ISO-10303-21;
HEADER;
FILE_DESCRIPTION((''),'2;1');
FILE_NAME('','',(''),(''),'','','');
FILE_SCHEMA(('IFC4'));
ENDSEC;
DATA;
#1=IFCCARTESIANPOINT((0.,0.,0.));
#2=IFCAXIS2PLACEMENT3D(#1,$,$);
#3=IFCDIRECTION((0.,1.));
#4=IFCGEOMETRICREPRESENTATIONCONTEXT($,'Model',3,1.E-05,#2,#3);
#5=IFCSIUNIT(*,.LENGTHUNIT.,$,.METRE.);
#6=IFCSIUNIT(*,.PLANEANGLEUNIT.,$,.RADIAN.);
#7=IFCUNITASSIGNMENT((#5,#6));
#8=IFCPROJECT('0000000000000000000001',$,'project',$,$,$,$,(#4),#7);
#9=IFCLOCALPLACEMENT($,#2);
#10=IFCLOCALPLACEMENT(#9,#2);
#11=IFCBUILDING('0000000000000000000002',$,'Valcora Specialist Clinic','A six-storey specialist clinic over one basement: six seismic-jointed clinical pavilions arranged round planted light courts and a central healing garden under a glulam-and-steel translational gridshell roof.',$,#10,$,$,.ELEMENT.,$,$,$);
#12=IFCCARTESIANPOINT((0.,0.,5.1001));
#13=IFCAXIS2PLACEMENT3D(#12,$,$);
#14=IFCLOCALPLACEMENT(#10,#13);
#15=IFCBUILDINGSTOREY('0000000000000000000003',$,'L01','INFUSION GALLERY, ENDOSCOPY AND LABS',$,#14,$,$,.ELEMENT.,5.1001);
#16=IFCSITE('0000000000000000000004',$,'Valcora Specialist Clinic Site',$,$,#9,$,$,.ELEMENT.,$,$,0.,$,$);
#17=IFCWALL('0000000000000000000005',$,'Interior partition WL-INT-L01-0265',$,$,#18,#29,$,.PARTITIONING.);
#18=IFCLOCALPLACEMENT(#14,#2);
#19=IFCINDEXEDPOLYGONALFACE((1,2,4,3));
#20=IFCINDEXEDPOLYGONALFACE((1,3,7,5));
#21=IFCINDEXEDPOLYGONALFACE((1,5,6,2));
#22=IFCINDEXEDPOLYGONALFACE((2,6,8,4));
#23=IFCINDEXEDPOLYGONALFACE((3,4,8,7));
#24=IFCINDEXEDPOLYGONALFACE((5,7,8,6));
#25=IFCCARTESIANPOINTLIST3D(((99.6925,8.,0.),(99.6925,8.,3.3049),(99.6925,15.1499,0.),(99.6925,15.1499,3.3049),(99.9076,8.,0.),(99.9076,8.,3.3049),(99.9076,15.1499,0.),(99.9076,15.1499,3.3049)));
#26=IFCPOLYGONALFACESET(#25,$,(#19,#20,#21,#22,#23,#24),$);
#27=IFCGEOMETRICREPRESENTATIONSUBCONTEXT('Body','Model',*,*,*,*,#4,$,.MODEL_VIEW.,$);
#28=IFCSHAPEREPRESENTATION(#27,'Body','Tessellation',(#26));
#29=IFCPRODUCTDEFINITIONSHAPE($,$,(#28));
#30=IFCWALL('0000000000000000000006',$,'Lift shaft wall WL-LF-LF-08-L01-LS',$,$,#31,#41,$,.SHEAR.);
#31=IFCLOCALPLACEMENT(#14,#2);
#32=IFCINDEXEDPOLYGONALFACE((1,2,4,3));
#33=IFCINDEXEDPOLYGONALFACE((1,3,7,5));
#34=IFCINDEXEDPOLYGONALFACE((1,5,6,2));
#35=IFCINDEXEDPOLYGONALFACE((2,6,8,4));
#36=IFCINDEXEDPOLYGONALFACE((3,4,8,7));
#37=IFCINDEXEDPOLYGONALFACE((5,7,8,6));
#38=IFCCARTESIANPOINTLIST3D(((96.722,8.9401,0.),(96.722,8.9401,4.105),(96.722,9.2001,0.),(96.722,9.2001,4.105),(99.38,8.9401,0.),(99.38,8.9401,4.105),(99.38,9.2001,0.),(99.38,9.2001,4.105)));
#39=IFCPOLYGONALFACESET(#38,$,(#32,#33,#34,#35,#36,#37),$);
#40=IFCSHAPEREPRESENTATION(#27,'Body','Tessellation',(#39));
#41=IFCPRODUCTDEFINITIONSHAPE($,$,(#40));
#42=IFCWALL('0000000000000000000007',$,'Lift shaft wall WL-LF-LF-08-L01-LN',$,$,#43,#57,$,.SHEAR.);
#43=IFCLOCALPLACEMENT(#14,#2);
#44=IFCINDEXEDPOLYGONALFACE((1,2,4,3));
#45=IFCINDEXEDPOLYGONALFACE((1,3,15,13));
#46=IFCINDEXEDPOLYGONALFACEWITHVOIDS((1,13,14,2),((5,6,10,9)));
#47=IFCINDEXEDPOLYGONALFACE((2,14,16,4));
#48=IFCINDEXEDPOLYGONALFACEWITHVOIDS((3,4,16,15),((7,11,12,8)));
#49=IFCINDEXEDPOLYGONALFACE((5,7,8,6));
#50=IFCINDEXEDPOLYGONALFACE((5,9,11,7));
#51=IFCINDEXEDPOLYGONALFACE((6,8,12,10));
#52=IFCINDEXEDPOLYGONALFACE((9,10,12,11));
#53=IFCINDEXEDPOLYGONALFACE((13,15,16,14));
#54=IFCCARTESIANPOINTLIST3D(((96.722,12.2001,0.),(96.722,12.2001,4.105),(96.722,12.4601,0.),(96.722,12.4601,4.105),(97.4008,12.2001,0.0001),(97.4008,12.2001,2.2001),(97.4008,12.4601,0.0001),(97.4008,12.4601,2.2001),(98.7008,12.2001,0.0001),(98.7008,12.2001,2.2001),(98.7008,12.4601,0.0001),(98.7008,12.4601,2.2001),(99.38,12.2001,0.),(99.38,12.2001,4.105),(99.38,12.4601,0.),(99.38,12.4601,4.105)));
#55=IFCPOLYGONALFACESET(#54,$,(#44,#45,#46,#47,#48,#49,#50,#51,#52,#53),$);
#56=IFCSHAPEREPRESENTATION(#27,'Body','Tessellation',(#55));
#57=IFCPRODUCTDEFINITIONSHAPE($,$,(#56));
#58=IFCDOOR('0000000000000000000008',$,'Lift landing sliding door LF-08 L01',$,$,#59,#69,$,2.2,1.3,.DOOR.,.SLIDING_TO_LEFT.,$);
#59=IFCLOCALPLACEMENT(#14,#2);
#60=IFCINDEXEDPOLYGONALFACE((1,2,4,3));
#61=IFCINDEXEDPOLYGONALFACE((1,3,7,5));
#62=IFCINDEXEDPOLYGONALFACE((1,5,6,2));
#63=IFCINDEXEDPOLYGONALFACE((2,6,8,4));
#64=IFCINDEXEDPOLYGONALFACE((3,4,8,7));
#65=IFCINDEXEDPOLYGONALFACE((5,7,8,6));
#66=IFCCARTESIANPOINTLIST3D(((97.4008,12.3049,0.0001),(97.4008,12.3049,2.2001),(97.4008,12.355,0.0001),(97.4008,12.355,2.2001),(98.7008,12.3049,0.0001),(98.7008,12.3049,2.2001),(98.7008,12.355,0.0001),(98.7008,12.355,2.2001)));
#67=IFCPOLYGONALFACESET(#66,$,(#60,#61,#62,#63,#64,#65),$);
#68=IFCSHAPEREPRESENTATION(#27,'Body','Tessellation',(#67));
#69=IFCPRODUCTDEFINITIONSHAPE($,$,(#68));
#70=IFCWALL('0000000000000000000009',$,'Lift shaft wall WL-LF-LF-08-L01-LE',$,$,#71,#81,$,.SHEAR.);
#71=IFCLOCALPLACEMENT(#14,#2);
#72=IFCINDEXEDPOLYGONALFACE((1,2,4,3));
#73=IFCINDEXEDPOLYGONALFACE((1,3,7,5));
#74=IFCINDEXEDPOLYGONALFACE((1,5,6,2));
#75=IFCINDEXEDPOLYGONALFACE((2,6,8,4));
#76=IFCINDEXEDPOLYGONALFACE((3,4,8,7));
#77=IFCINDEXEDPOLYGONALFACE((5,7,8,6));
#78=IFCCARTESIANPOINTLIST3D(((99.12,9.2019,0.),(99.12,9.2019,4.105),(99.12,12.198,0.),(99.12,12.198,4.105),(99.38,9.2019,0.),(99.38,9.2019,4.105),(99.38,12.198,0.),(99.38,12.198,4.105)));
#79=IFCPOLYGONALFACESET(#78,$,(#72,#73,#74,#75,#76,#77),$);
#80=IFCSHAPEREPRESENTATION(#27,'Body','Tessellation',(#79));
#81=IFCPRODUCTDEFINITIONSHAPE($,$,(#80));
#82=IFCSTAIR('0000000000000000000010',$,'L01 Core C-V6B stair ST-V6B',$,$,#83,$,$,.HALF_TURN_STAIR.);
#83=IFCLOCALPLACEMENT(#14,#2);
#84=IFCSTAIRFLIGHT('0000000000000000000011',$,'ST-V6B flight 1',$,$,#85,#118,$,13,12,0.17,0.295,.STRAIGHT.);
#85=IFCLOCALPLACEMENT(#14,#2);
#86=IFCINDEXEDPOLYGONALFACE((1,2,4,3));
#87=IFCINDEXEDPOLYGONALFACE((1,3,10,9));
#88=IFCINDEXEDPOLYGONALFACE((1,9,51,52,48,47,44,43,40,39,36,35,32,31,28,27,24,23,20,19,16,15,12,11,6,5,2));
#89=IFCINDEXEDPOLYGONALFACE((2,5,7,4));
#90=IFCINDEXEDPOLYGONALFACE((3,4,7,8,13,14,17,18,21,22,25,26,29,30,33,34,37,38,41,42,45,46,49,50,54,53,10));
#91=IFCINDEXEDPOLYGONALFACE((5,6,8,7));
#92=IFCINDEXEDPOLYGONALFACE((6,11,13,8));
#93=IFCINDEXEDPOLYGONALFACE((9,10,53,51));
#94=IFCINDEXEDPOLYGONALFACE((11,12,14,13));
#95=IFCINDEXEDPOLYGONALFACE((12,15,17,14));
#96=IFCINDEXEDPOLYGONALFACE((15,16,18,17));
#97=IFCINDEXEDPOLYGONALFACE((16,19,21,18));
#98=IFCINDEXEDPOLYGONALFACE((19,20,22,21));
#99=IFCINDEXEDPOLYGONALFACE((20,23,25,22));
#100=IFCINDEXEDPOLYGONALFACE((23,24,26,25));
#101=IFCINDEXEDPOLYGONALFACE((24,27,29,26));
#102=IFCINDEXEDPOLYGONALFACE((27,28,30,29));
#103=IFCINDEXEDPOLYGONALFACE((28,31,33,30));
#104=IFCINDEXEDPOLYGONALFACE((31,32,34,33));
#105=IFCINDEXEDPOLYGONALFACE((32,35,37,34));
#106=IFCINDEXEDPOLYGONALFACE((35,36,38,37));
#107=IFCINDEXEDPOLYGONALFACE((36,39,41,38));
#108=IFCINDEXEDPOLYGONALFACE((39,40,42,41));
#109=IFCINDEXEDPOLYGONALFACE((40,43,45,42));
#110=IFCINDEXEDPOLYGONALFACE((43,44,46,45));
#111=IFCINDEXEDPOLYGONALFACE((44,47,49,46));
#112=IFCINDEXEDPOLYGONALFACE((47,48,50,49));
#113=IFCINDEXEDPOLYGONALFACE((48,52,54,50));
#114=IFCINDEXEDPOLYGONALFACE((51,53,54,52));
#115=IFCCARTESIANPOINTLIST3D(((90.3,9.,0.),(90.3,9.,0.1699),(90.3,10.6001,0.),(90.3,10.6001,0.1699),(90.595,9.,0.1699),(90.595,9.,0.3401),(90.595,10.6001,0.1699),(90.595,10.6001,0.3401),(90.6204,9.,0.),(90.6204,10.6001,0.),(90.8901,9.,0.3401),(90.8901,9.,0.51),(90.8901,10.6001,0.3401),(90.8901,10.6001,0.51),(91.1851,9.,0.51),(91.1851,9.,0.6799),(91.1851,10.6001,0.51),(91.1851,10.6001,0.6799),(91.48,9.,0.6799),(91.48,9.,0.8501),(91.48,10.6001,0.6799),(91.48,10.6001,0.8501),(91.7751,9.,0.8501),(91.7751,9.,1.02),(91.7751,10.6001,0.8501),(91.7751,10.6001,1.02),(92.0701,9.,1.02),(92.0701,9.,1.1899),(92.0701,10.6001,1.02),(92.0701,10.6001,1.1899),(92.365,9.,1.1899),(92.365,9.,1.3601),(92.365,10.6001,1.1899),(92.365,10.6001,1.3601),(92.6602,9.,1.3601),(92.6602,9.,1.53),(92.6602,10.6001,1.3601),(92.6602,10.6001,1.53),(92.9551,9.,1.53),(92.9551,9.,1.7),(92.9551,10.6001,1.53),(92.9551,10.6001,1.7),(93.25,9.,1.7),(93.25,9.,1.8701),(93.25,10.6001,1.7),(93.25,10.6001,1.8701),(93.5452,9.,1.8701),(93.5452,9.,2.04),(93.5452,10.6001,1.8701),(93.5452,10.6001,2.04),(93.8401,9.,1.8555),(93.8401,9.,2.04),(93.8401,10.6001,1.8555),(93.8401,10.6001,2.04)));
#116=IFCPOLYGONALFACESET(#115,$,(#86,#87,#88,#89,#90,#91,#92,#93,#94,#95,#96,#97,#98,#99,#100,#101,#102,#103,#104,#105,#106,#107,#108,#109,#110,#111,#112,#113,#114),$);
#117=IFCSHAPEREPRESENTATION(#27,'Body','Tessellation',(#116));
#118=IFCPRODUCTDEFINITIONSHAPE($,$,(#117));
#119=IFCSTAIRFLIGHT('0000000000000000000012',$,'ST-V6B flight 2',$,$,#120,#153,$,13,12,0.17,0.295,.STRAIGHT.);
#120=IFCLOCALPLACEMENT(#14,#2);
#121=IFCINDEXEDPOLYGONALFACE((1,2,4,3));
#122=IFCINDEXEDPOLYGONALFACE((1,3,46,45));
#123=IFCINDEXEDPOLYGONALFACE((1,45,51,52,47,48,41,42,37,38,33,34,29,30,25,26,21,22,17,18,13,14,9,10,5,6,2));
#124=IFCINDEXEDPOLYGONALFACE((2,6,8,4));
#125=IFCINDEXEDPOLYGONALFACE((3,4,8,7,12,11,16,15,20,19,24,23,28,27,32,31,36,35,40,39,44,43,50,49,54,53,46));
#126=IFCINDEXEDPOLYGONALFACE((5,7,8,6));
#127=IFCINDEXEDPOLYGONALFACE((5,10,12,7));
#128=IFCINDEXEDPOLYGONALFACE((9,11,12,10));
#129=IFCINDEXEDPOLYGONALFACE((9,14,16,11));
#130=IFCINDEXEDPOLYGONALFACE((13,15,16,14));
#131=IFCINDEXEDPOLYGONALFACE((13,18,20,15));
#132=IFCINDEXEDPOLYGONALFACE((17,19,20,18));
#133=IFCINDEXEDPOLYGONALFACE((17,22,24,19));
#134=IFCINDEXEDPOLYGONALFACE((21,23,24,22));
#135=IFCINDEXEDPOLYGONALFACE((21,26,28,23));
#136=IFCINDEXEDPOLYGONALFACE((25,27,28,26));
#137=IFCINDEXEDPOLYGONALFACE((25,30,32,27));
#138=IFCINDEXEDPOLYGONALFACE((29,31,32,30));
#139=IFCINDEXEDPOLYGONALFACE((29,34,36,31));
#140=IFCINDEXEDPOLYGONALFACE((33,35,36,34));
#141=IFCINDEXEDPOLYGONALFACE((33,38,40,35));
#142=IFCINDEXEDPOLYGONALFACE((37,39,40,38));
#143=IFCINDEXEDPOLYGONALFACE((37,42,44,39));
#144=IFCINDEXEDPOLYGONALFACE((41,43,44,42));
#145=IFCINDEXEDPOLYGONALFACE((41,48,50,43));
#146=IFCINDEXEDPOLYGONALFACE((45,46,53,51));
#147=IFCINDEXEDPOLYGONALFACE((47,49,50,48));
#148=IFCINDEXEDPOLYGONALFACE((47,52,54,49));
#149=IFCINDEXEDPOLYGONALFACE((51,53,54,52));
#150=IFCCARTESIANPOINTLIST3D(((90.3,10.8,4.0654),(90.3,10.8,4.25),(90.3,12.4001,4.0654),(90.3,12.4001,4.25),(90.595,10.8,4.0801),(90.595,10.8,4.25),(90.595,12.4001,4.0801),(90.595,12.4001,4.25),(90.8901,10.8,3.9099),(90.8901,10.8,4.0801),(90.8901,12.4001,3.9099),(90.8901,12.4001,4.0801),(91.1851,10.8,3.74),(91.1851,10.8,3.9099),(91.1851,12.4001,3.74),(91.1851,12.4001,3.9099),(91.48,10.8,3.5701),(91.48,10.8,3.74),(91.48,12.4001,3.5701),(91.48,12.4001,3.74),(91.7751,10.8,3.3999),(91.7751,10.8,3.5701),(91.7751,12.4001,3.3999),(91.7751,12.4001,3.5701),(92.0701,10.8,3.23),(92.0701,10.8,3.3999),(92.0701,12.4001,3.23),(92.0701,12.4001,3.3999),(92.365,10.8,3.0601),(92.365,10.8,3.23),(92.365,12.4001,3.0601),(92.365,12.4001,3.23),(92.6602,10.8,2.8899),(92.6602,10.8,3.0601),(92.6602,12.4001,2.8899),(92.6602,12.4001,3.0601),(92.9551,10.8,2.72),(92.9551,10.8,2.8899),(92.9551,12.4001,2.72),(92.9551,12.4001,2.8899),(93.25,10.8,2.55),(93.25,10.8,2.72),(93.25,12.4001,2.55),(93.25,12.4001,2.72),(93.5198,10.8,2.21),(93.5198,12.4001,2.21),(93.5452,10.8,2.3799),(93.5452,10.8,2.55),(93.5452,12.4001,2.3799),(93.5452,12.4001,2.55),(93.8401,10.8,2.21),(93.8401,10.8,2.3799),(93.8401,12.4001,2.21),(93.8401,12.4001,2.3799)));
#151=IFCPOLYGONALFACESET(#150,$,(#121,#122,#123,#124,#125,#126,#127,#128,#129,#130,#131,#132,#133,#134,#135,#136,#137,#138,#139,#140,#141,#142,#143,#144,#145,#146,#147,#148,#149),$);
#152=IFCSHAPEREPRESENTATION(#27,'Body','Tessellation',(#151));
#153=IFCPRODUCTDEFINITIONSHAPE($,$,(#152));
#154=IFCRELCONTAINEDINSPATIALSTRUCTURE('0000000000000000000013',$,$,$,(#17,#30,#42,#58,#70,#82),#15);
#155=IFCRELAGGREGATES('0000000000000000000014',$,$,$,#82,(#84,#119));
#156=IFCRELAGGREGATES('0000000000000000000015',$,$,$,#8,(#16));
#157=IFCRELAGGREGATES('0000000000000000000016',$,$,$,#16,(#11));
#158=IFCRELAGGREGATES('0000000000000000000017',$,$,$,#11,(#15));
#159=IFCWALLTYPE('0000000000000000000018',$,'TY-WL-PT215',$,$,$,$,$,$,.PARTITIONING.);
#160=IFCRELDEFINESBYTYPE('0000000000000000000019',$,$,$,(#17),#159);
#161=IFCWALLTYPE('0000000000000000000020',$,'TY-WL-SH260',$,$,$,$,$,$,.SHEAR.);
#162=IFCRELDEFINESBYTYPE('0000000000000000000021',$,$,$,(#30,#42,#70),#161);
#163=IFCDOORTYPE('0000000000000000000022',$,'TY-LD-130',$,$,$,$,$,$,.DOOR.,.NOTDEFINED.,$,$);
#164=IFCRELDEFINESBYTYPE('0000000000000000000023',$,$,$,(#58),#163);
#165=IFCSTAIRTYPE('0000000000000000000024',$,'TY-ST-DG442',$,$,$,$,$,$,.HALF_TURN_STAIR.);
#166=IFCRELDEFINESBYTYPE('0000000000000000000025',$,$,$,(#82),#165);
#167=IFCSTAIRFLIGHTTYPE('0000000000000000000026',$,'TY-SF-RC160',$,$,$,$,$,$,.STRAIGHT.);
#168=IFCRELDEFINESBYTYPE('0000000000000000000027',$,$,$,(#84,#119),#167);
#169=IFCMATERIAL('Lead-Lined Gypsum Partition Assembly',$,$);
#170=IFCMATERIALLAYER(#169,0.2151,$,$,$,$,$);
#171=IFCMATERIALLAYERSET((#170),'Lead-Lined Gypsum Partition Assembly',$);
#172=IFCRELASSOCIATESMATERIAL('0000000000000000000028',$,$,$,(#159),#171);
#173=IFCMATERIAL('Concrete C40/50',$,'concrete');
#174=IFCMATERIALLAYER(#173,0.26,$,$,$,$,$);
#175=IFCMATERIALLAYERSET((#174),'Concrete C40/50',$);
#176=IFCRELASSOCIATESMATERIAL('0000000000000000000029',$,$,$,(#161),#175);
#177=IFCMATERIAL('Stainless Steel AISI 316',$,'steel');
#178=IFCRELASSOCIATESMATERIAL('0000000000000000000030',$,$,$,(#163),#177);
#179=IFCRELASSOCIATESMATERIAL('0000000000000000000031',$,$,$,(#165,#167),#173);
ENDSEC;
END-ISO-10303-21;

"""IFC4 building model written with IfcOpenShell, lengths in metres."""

from ifc_helpers import new_model, si_unit, direction, frame, frame_2d, origin, place, context, subcontext, project, spatial, polyline, rectangle, outline, extrude, material, layer, layer_set, type_object, element, fill, aggregate, save


model = new_model("IFC4")

# Units and contexts
model_context = context("Model", 3, precision=1e-05, world=origin(), true_north=direction((0.0, 1.0)))
body_context = subcontext(model_context, "Body", "Model", "MODEL_VIEW")
ifc_project = project(units=[si_unit("LENGTHUNIT", "METRE"), si_unit("PLANEANGLEUNIT", "RADIAN")], contexts=[model_context])

# Site, building, storey
site_placement = place(None, origin())
site = spatial("IfcSite", under=ifc_project, at=site_placement, Name="Valcora Specialist Clinic Site", CompositionType="ELEMENT", RefElevation=0.0)
building_placement = place(site_placement, origin())
building = spatial("IfcBuilding", under=site, at=building_placement, Name="Valcora Specialist Clinic", Description="A six-storey specialist clinic over one basement: six seismic-jointed clinical pavilions arranged round planted light courts and a central healing garden under a glulam-and-steel translational gridshell roof.", CompositionType="ELEMENT")
storey_placement = place(building_placement, frame((0.0, 0.0, 5.1001)))
storey = spatial("IfcBuildingStorey", under=building, at=storey_placement, Name="L01", Description="INFUSION GALLERY, ENDOSCOPY AND LABS", CompositionType="ELEMENT", Elevation=5.1001)

# Shared definitions
ifc_material_1 = material(Name="Concrete C40/50", Category="concrete")

# Walls
ifc_material_2 = material(Name="Lead-Lined Gypsum Partition Assembly")
ifc_layer_1 = layer(ifc_material_2, 0.2151)
ifc_layer_set_1 = layer_set([ifc_layer_1], Name="Lead-Lined Gypsum Partition Assembly")
wall_type_1 = type_object("IfcWallType", Name="TY-WL-PT215", PredefinedType="PARTITIONING", material=ifc_layer_set_1)
wall_1_placement = place(storey_placement, frame((99.8, 8.0, 0.0), z_axis=(0.0, 0.0, 1.0), x_axis=(0.0, 1.0, 0.0)))
element("IfcWall", 1, at=wall_1_placement, inside=storey, type_object=wall_type_1, Name="Interior partition WL-INT-L01-0265", PredefinedType="PARTITIONING", context=body_context, shape_type="SweptSolid", body=[
    extrude(rectangle(XDim=7.1499, YDim=0.2151, at=frame_2d((3.575, 0.0))), origin(), (0.0, 0.0, 1.0), 3.3049),
])
ifc_layer_2 = layer(ifc_material_1, 0.26)
ifc_layer_set_2 = layer_set([ifc_layer_2], Name="Concrete C40/50")
wall_type_2 = type_object("IfcWallType", Name="TY-WL-SH260", PredefinedType="SHEAR", material=ifc_layer_set_2)
wall_2_placement = place(storey_placement, frame((96.7219, 9.0701, 0.0), z_axis=(0.0, 0.0, 1.0), x_axis=(1.0, 0.0, 0.0)))
element("IfcWall", 2, at=wall_2_placement, inside=storey, type_object=wall_type_2, Name="Lift shaft wall WL-LF-LF-08-L01-LS", PredefinedType="SHEAR", context=body_context, shape_type="SweptSolid", body=[
    extrude(rectangle(XDim=2.658, YDim=0.26, at=frame_2d((1.3291, 0.0))), origin(), (0.0, 0.0, 1.0), 4.105),
])

# Wall, opening, door
wall_3_placement = place(storey_placement, frame((96.7219, 12.3301, 0.0), z_axis=(0.0, 0.0, 1.0), x_axis=(1.0, 0.0, 0.0)))
wall_3 = element("IfcWall", 3, at=wall_3_placement, inside=storey, type_object=wall_type_2, Name="Lift shaft wall WL-LF-LF-08-L01-LN", PredefinedType="SHEAR", context=body_context, shape_type="SweptSolid", body=[
    extrude(rectangle(XDim=2.658, YDim=0.26, at=frame_2d((1.3291, 0.0))), origin(), (0.0, 0.0, 1.0), 4.105),
])
opening_1_placement = place(wall_3_placement, frame((0.679, 0.0, 0.0)))
opening_1 = element("IfcOpeningElement", 4, at=opening_1_placement, cuts=wall_3, PredefinedType="OPENING", context=body_context, shape_type="SweptSolid", body=[
    extrude(rectangle(XDim=1.3, YDim=2.2, at=frame_2d((0.6499, 1.1001))), frame((0.0, 0.1399, 0.0), z_axis=(0.0, -1.0, 0.0), x_axis=(1.0, 0.0, 0.0)), (0.0, 0.0, 1.0), 0.28),
])
ifc_material_3 = material(Name="Stainless Steel AISI 316", Category="steel")
door_type_1 = type_object("IfcDoorType", Name="TY-LD-130", OperationType="NOTDEFINED", PredefinedType="DOOR", material=ifc_material_3)
door_1_placement = place(opening_1_placement, origin())
door_1 = element("IfcDoor", 5, at=door_1_placement, inside=storey, type_object=door_type_1, Name="Lift landing sliding door LF-08 L01", OperationType="SLIDING_TO_LEFT", OverallHeight=2.2, OverallWidth=1.3, PredefinedType="DOOR", context=body_context, shape_type="SweptSolid", body=[
    extrude(rectangle(XDim=1.3, YDim=2.2, at=frame_2d((0.6499, 1.1001))), frame((0.0, 0.0249, 0.0), z_axis=(0.0, -1.0, 0.0), x_axis=(1.0, 0.0, 0.0)), (0.0, 0.0, 1.0), 0.05),
])
fill(opening_1, door_1)

# Wall
wall_4_placement = place(storey_placement, frame((99.25, 9.2019, 0.0), z_axis=(0.0, 0.0, 1.0), x_axis=(0.0, 1.0, 0.0)))
element("IfcWall", 6, at=wall_4_placement, inside=storey, type_object=wall_type_2, Name="Lift shaft wall WL-LF-LF-08-L01-LE", PredefinedType="SHEAR", context=body_context, shape_type="SweptSolid", body=[
    extrude(rectangle(XDim=2.9961, YDim=0.26, at=frame_2d((1.498, 0.0))), origin(), (0.0, 0.0, 1.0), 4.105),
])

# Stair, stair flights
stair_type = type_object("IfcStairType", Name="TY-ST-DG442", PredefinedType="HALF_TURN_STAIR", material=ifc_material_1)
stair_placement = place(storey_placement, origin())
stair = element("IfcStair", 7, at=stair_placement, inside=storey, type_object=stair_type, Name="L01 Core C-V6B stair ST-V6B", PredefinedType="HALF_TURN_STAIR")
stair_flight_type = type_object("IfcStairFlightType", Name="TY-SF-RC160", PredefinedType="STRAIGHT", material=ifc_material_1)
stair_flight_1_placement = place(storey_placement, frame((90.3, 9.8, 0.0), z_axis=(0.0, 0.0, 1.0), x_axis=(1.0, 0.0, 0.0)))
stair_flight_1 = element("IfcStairFlight", 8, at=stair_flight_1_placement, type_object=stair_flight_type, Name="ST-V6B flight 1", NumberOfRisers=13, NumberOfTreads=12, PredefinedType="STRAIGHT", RiserHeight=0.17, TreadLength=0.295, context=body_context, shape_type="SweptSolid", body=[
    extrude(outline(polyline([(0.0, 0.0), (0.0, 0.1699), (0.2949, 0.1699), (0.2949, 0.3401), (0.5901, 0.3401), (0.5901, 0.51), (0.885, 0.51), (0.885, 0.6799), (1.1799, 0.6799), (1.1799, 0.8501), (1.4751, 0.8501), (1.4751, 1.02), (1.77, 1.02), (1.77, 1.1899), (2.0649, 1.1899), (2.0649, 1.3601), (2.3601, 1.3601), (2.3601, 1.53), (2.655, 1.53), (2.655, 1.7), (2.95, 1.7), (2.95, 1.8701), (3.2451, 1.8701), (3.2451, 2.04), (3.54, 2.04), (3.54, 2.21), (3.54, 1.8555), (0.3203, 0.0), (0.0, 0.0)])), frame((0.0, 0.8, 0.0), z_axis=(0.0, -1.0, 0.0), x_axis=(1.0, 0.0, 0.0)), (0.0, 0.0, 1.0), 1.6001),
])
stair_flight_2_placement = place(storey_placement, frame((93.8401, 11.6001, 2.21), z_axis=(0.0, 0.0, 1.0), x_axis=(-1.0, 0.0, 0.0)))
stair_flight_2 = element("IfcStairFlight", 9, at=stair_flight_2_placement, type_object=stair_flight_type, Name="ST-V6B flight 2", NumberOfRisers=13, NumberOfTreads=12, PredefinedType="STRAIGHT", RiserHeight=0.17, TreadLength=0.295, context=body_context, shape_type="SweptSolid", body=[
    extrude(outline(polyline([(0.0, 0.0), (0.0, 0.1699), (0.2949, 0.1699), (0.2949, 0.3401), (0.5901, 0.3401), (0.5901, 0.51), (0.885, 0.51), (0.885, 0.6799), (1.1799, 0.6799), (1.1799, 0.8501), (1.4751, 0.8501), (1.4751, 1.02), (1.77, 1.02), (1.77, 1.1899), (2.0649, 1.1899), (2.0649, 1.3601), (2.3601, 1.3601), (2.3601, 1.53), (2.655, 1.53), (2.655, 1.7), (2.95, 1.7), (2.95, 1.8701), (3.2451, 1.8701), (3.2451, 2.04), (3.54, 2.04), (3.54, 2.21), (3.54, 1.8555), (0.3203, 0.0), (0.0, 0.0)])), frame((0.0, 0.8, 0.0), z_axis=(0.0, -1.0, 0.0), x_axis=(1.0, 0.0, 0.0)), (0.0, 0.0, 1.0), 1.6001),
])
aggregate(stair, [stair_flight_1, stair_flight_2])

save(model, "model.ifc")
